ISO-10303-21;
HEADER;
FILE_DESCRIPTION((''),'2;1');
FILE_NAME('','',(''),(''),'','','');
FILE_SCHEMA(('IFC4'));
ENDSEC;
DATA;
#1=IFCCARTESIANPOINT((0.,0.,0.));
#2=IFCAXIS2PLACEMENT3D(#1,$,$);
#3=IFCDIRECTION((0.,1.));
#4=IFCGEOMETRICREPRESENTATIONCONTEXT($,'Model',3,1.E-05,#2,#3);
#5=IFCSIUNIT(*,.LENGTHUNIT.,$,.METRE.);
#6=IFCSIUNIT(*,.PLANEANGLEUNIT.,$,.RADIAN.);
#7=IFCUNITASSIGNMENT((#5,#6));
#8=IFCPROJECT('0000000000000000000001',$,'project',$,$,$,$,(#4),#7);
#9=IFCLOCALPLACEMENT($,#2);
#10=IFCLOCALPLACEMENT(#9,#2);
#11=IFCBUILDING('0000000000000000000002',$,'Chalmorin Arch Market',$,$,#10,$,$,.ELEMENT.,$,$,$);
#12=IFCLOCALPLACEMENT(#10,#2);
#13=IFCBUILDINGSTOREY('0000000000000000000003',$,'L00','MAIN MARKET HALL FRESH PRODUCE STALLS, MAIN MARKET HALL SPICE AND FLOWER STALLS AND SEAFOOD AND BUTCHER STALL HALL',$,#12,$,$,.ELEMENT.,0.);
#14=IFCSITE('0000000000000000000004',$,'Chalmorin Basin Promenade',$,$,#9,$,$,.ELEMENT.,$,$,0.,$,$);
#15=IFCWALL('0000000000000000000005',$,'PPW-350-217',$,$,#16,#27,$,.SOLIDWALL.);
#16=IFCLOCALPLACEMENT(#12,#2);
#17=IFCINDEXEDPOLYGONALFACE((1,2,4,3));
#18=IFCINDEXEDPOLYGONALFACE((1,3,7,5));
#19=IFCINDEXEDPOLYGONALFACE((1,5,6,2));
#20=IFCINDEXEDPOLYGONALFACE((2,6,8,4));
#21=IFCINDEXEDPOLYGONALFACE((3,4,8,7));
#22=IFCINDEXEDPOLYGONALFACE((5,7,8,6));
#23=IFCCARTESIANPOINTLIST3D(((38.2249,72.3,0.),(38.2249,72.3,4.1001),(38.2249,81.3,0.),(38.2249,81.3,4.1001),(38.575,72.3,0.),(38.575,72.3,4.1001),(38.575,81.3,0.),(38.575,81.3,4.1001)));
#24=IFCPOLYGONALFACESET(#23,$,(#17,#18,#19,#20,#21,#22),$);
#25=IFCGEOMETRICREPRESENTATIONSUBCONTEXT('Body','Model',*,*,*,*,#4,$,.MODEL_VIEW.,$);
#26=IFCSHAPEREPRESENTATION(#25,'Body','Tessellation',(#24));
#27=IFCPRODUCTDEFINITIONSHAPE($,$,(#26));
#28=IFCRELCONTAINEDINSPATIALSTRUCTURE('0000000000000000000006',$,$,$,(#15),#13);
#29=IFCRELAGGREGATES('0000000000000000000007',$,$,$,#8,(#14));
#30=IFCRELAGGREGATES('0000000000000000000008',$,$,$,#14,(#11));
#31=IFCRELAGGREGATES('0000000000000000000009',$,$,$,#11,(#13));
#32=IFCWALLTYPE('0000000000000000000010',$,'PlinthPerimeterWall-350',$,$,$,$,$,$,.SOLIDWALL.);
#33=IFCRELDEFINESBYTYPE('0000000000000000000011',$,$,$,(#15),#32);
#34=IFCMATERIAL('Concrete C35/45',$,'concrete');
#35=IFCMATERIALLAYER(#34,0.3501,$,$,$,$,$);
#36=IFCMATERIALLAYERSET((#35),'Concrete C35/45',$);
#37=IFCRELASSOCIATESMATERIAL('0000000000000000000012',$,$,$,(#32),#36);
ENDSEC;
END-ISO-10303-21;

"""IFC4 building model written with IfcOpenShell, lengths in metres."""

from ifc_helpers import new_model, si_unit, direction, frame, frame_2d, origin, place, context, subcontext, project, spatial, rectangle, extrude, material, layer, layer_set, type_object, element, save


model = new_model("IFC4")

# Units and contexts
model_context = context("Model", 3, precision=1e-05, world=origin(), true_north=direction((0.0, 1.0)))
body_context = subcontext(model_context, "Body", "Model", "MODEL_VIEW")
ifc_project = project(units=[si_unit("LENGTHUNIT", "METRE"), si_unit("PLANEANGLEUNIT", "RADIAN")], contexts=[model_context])

# Site, building, storey
site_placement = place(None, origin())
site = spatial("IfcSite", under=ifc_project, at=site_placement, Name="Chalmorin Basin Promenade", CompositionType="ELEMENT", RefElevation=0.0)
building_placement = place(site_placement, origin())
building = spatial("IfcBuilding", under=site, at=building_placement, Name="Chalmorin Arch Market", CompositionType="ELEMENT")
storey_placement = place(building_placement, origin())
storey = spatial("IfcBuildingStorey", under=building, at=storey_placement, Name="L00", Description="MAIN MARKET HALL FRESH PRODUCE STALLS, MAIN MARKET HALL SPICE AND FLOWER STALLS AND SEAFOOD AND BUTCHER STALL HALL", CompositionType="ELEMENT", Elevation=0.0)

# Shared definitions
ifc_material_1 = material(Name="Concrete C35/45", Category="concrete")
ifc_layer_1 = layer(ifc_material_1, 0.3501)
ifc_layer_set_1 = layer_set([ifc_layer_1], Name="Concrete C35/45")
wall_type_1 = type_object("IfcWallType", Name="PlinthPerimeterWall-350", PredefinedType="SOLIDWALL", material=ifc_layer_set_1)

# Wall
wall_1_placement = place(storey_placement, frame((38.3999, 72.3, 0.0), z_axis=(0.0, 0.0, 1.0), x_axis=(0.0, 1.0, 0.0)))
element("IfcWall", 1, at=wall_1_placement, inside=storey, type_object=wall_type_1, Name="PPW-350-217", PredefinedType="SOLIDWALL", context=body_context, shape_type="SweptSolid", body=[
    extrude(rectangle(XDim=9.0, YDim=0.3501, at=frame_2d((4.5, 0.0))), origin(), (0.0, 0.0, 1.0), 4.1001),
])

save(model, "model.ifc")
